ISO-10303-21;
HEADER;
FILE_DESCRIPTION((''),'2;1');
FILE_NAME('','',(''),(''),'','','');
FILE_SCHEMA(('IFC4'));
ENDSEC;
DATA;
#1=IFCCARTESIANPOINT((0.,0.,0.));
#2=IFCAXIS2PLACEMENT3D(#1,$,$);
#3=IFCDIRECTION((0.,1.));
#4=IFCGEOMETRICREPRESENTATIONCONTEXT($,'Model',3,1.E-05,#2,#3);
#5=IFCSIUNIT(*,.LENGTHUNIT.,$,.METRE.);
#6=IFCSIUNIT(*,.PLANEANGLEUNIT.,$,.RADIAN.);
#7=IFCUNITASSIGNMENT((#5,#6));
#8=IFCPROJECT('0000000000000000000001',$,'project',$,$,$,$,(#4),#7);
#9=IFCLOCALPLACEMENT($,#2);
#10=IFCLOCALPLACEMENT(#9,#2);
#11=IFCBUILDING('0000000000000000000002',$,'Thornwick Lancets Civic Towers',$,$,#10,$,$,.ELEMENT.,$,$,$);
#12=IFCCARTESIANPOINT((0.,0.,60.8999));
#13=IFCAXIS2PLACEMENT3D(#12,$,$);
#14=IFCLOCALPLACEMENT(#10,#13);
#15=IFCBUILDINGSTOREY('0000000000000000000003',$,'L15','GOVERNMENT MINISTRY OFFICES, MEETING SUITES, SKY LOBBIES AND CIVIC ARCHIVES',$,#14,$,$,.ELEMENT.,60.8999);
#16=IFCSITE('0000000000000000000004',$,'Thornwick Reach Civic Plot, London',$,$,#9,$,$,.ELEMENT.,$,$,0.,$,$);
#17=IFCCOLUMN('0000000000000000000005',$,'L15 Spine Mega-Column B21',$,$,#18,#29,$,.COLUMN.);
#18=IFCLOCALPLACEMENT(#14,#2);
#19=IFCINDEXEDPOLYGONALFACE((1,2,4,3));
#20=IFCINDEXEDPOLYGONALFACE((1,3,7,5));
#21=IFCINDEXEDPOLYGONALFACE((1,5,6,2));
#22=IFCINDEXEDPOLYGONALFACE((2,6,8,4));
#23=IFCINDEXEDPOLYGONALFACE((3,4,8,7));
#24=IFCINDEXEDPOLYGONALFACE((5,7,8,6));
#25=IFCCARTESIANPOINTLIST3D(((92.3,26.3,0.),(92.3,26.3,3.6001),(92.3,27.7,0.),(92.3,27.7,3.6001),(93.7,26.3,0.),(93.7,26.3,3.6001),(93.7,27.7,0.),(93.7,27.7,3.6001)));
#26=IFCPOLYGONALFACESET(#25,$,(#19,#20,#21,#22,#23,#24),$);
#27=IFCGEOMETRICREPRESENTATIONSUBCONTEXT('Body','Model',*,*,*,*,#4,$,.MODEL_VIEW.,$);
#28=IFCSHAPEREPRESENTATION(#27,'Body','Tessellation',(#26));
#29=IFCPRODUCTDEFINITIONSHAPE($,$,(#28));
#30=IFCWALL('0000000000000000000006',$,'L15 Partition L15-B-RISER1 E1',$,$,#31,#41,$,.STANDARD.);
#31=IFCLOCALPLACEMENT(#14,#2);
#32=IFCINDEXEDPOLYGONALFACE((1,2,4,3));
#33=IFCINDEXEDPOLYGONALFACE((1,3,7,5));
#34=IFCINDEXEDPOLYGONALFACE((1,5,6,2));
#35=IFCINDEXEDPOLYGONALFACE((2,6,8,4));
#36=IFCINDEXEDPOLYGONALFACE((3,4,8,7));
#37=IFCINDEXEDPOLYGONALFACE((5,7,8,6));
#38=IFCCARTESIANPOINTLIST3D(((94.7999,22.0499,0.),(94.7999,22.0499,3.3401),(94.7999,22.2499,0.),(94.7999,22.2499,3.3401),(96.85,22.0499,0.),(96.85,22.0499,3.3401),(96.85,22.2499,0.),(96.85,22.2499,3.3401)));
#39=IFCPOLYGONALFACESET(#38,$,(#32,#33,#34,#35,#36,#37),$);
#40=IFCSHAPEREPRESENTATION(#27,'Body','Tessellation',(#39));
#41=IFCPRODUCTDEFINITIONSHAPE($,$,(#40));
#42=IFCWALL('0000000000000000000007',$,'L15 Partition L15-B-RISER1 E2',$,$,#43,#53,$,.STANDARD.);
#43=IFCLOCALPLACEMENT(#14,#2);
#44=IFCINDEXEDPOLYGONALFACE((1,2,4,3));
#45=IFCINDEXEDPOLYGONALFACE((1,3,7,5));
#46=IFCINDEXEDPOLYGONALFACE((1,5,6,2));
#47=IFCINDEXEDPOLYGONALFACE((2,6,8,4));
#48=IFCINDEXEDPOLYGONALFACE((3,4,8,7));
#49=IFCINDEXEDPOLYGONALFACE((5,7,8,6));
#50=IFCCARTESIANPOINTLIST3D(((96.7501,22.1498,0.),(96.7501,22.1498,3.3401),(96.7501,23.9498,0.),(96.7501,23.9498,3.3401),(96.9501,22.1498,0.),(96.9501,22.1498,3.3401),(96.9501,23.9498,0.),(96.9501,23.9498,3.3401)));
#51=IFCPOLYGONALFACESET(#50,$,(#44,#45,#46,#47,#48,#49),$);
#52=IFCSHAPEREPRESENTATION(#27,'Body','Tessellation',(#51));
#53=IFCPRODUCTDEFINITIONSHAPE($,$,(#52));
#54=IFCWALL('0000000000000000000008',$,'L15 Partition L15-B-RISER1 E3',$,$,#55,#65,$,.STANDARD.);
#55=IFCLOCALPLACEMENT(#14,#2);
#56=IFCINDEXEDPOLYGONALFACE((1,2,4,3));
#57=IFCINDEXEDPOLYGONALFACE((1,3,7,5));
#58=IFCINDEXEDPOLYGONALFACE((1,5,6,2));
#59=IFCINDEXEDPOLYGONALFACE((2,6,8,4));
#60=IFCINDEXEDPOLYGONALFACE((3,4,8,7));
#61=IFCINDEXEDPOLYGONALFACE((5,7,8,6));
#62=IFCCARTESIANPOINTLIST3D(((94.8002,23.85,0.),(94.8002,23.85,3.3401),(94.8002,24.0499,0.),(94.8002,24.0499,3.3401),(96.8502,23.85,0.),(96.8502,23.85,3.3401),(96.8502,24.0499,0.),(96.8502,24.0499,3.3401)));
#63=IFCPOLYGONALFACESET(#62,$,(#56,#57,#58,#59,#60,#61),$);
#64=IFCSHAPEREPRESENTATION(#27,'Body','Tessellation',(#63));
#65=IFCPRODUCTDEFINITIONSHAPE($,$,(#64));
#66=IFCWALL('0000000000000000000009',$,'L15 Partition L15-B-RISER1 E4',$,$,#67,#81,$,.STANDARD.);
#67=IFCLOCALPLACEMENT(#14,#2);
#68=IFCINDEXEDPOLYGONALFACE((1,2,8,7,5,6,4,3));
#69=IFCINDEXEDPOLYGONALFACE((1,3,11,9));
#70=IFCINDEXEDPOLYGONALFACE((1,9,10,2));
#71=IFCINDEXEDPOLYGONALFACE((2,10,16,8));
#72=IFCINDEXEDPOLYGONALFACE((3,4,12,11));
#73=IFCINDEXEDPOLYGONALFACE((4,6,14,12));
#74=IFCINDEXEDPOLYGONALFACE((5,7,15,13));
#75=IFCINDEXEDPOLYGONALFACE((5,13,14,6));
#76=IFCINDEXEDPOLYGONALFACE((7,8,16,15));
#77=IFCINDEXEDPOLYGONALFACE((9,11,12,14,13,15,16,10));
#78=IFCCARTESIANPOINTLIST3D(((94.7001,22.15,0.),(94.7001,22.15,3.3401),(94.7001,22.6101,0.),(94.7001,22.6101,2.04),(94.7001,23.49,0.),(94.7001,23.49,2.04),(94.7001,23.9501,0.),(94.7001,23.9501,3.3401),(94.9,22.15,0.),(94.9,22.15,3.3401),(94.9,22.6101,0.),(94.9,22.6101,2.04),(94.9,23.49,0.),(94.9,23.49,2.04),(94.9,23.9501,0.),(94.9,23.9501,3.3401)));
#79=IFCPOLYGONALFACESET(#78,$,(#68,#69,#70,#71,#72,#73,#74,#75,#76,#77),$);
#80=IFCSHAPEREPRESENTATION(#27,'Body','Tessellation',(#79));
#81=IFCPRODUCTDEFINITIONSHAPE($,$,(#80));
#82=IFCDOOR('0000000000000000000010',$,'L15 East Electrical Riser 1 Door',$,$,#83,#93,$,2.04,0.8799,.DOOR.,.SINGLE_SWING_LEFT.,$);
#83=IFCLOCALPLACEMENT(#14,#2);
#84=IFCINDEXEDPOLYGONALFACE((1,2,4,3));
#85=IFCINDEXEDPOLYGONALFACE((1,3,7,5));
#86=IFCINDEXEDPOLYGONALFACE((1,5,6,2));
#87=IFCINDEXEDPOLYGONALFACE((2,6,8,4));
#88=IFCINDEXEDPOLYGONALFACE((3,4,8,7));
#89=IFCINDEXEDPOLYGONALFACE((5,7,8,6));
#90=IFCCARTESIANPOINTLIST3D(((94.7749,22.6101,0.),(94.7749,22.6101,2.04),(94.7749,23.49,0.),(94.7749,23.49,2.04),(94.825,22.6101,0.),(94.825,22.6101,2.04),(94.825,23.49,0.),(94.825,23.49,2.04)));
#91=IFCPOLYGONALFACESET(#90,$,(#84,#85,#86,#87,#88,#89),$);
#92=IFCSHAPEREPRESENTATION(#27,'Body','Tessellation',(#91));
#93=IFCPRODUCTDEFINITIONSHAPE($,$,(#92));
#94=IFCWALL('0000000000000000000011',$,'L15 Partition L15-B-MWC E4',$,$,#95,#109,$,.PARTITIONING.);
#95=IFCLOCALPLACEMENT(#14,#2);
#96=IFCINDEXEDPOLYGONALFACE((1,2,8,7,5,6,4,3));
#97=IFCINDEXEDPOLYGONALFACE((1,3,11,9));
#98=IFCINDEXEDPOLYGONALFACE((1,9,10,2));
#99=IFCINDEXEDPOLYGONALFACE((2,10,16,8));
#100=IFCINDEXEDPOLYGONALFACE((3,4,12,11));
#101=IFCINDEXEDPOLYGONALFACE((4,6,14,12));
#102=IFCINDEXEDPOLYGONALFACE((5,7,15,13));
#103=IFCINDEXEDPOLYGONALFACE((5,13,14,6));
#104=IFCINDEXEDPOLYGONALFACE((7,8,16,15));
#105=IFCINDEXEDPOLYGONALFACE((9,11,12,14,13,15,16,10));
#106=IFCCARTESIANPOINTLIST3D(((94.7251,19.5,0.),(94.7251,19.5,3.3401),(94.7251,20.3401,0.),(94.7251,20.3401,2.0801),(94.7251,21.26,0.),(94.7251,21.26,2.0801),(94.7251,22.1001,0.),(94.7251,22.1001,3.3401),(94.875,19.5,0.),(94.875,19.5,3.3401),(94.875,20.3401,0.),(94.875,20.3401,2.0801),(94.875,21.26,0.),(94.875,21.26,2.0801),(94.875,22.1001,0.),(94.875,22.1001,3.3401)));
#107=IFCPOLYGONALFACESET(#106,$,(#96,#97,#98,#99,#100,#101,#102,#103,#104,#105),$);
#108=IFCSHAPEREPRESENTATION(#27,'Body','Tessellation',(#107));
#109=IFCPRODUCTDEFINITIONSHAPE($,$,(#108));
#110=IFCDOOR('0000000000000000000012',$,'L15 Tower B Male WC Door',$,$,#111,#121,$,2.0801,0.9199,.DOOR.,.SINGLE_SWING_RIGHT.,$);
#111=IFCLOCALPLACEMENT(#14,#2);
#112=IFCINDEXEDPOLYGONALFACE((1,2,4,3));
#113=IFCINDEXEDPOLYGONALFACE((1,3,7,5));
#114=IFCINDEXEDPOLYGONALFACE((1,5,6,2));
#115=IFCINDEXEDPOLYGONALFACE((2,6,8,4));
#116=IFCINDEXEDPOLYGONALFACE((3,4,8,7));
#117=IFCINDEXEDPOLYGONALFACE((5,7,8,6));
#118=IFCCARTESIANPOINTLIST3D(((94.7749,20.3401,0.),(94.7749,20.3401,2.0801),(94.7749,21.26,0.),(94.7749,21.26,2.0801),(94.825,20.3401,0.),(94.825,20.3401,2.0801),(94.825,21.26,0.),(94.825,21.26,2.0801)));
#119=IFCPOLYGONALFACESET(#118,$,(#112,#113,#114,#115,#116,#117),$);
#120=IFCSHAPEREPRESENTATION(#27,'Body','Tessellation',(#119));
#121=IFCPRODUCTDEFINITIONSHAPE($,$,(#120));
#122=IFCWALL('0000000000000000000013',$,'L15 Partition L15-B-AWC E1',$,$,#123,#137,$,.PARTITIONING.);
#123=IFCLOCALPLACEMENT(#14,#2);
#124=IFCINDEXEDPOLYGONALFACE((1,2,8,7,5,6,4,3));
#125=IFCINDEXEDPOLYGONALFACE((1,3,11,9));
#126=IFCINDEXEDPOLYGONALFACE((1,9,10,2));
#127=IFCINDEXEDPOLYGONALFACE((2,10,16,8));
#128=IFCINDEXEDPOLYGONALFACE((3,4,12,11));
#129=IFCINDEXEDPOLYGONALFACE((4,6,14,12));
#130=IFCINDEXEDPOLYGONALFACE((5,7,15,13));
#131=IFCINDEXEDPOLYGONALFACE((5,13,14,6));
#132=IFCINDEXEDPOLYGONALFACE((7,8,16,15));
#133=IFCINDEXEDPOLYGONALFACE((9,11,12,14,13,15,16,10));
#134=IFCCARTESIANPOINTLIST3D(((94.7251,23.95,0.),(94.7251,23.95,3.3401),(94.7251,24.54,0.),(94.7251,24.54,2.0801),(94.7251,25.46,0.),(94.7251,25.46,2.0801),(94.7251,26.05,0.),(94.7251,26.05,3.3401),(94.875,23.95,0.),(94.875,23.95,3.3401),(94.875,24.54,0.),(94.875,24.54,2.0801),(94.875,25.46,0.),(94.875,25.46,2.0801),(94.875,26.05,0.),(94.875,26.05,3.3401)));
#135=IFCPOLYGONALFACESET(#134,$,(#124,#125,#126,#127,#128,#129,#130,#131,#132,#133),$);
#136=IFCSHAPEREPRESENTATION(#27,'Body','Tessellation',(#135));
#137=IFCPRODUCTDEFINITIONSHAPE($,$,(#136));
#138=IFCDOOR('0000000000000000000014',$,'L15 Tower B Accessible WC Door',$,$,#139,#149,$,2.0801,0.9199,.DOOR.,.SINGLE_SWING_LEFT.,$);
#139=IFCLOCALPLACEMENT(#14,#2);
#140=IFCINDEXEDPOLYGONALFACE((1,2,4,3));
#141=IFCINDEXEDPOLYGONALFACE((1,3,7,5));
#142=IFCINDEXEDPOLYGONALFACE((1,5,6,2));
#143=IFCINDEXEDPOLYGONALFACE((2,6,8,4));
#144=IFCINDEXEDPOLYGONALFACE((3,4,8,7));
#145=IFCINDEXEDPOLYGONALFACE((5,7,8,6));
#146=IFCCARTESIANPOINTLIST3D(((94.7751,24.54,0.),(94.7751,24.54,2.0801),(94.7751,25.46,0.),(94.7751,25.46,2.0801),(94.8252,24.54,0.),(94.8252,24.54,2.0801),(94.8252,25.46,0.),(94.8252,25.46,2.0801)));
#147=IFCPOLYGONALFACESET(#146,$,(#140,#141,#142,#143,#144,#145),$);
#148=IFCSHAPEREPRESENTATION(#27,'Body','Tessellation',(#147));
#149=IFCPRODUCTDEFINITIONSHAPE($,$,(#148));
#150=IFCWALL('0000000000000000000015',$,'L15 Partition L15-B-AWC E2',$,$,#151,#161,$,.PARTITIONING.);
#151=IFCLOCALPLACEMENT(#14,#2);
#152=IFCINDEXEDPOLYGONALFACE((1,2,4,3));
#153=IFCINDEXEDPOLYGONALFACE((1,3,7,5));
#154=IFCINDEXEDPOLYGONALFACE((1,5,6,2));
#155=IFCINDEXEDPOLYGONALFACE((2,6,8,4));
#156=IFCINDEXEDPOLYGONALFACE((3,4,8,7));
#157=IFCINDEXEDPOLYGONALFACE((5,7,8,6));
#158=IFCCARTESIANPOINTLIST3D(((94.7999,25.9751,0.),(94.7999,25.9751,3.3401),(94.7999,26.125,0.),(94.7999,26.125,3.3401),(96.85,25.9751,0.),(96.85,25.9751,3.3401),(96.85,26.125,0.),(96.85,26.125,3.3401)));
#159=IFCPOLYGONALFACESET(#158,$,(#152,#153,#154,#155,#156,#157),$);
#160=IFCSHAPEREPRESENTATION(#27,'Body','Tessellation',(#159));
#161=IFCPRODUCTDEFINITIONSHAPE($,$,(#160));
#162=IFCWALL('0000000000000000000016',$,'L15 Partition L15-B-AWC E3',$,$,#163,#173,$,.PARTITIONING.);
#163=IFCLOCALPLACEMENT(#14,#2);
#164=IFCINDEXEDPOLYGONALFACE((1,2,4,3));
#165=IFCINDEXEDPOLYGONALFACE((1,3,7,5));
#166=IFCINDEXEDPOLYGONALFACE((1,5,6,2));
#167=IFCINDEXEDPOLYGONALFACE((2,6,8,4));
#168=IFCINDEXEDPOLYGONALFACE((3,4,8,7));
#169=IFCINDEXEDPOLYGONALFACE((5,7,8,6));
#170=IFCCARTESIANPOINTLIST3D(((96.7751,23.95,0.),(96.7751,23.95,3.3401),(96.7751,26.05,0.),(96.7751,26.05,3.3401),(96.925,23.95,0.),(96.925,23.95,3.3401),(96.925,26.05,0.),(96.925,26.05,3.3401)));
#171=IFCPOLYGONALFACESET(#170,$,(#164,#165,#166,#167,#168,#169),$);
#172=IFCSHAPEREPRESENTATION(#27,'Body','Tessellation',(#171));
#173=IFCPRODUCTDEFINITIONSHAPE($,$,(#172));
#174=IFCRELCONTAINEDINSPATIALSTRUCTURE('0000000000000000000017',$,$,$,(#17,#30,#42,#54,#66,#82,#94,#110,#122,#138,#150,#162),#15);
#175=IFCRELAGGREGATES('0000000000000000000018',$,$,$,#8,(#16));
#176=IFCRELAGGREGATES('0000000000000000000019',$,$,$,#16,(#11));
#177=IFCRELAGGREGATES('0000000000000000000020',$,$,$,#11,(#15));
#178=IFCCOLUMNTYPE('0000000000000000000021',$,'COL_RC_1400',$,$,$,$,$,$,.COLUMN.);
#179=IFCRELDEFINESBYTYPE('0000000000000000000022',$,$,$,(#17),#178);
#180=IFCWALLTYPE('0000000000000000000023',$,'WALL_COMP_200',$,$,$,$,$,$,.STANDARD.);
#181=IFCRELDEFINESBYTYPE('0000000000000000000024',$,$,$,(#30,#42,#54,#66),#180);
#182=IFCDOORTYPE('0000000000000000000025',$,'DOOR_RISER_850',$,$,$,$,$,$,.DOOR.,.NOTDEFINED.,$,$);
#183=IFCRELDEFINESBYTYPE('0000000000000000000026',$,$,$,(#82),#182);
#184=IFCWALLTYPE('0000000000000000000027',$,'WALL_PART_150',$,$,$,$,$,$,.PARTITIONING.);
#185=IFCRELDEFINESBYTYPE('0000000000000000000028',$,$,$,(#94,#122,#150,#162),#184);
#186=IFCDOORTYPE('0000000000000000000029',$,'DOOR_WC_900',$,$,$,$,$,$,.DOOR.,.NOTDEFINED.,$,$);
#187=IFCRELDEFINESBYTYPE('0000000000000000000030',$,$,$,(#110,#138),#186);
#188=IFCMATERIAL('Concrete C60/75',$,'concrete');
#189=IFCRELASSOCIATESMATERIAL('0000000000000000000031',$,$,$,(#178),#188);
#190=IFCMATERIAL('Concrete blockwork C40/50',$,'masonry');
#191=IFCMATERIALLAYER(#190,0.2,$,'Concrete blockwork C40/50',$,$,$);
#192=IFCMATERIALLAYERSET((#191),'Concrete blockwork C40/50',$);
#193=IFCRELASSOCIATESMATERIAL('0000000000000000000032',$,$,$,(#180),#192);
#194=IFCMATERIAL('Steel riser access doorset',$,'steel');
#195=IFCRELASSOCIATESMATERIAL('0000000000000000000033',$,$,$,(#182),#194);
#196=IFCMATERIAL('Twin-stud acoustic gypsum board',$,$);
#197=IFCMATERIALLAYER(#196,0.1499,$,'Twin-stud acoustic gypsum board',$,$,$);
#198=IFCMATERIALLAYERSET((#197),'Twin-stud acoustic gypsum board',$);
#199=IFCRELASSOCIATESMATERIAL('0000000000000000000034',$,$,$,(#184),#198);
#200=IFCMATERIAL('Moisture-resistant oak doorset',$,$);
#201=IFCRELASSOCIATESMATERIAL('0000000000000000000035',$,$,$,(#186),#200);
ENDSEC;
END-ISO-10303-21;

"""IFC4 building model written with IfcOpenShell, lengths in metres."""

from ifc_helpers import new_model, si_unit, direction, frame, frame_2d, origin, origin_2d, place, context, subcontext, project, spatial, rectangle, extrude, material, layer, layer_set, material_profile, profile_set, type_object, element, fill, save


model = new_model("IFC4")

# Units and contexts
model_context = context("Model", 3, precision=1e-05, world=origin(), true_north=direction((0.0, 1.0)))
body_context = subcontext(model_context, "Body", "Model", "MODEL_VIEW")
ifc_project = project(units=[si_unit("LENGTHUNIT", "METRE"), si_unit("PLANEANGLEUNIT", "RADIAN")], contexts=[model_context])

# Site, building, storey
site_placement = place(None, origin())
site = spatial("IfcSite", under=ifc_project, at=site_placement, Name="Thornwick Reach Civic Plot, London", CompositionType="ELEMENT", RefElevation=0.0)
building_placement = place(site_placement, origin())
building = spatial("IfcBuilding", under=site, at=building_placement, Name="Thornwick Lancets Civic Towers", CompositionType="ELEMENT")
storey_placement = place(building_placement, frame((0.0, 0.0, 60.8999)))
storey = spatial("IfcBuildingStorey", under=building, at=storey_placement, Name="L15", Description="GOVERNMENT MINISTRY OFFICES, MEETING SUITES, SKY LOBBIES AND CIVIC ARCHIVES", CompositionType="ELEMENT", Elevation=60.8999)

# Column
ifc_material_1 = material(Name="Concrete C60/75", Category="concrete")
ifc_material_profile = material_profile(ifc_material_1, rectangle(XDim=1.3999, YDim=1.3999, at=origin_2d()), Name="RC 1400x1400")
ifc_profile_set = profile_set([ifc_material_profile], Name="Concrete C60/75")
column_type = type_object("IfcColumnType", Name="COL_RC_1400", PredefinedType="COLUMN", material=ifc_profile_set)
column_placement = place(storey_placement, frame((93.0, 27.0, 0.0), z_axis=(0.0, 0.0, 1.0), x_axis=(1.0, 0.0, 0.0)))
element("IfcColumn", 1, at=column_placement, inside=storey, type_object=column_type, Name="L15 Spine Mega-Column B21", PredefinedType="COLUMN", context=body_context, shape_type="SweptSolid", body=[
    extrude(rectangle(XDim=1.3999, YDim=1.3999, at=origin_2d()), origin(), (0.0, 0.0, 1.0), 3.6001),
])

# Walls
ifc_material_2 = material(Name="Concrete blockwork C40/50", Category="masonry")
ifc_layer_1 = layer(ifc_material_2, 0.2, Name="Concrete blockwork C40/50")
ifc_layer_set_1 = layer_set([ifc_layer_1], Name="Concrete blockwork C40/50")
wall_type_1 = type_object("IfcWallType", Name="WALL_COMP_200", PredefinedType="STANDARD", material=ifc_layer_set_1)
wall_1_placement = place(storey_placement, frame((94.8, 22.1499, 0.0), z_axis=(0.0, 0.0, 1.0), x_axis=(1.0, 0.0, 0.0)))
element("IfcWall", 2, at=wall_1_placement, inside=storey, type_object=wall_type_1, Name="L15 Partition L15-B-RISER1 E1", PredefinedType="STANDARD", context=body_context, shape_type="SweptSolid", body=[
    extrude(rectangle(XDim=2.05, YDim=0.2, at=frame_2d((1.0249, 0.0))), origin(), (0.0, 0.0, 1.0), 3.3401),
])
wall_2_placement = place(storey_placement, frame((96.8501, 22.1499, 0.0), z_axis=(0.0, 0.0, 1.0), x_axis=(0.0, 1.0, 0.0)))
element("IfcWall", 3, at=wall_2_placement, inside=storey, type_object=wall_type_1, Name="L15 Partition L15-B-RISER1 E2", PredefinedType="STANDARD", context=body_context, shape_type="SweptSolid", body=[
    extrude(rectangle(XDim=1.8, YDim=0.2, at=frame_2d((0.8999, 0.0))), origin(), (0.0, 0.0, 1.0), 3.3401),
])
wall_3_placement = place(storey_placement, frame((96.8501, 23.95, 0.0), z_axis=(0.0, 0.0, 1.0), x_axis=(-1.0, 0.0, 0.0)))
element("IfcWall", 4, at=wall_3_placement, inside=storey, type_object=wall_type_1, Name="L15 Partition L15-B-RISER1 E3", PredefinedType="STANDARD", context=body_context, shape_type="SweptSolid", body=[
    extrude(rectangle(XDim=2.05, YDim=0.2, at=frame_2d((1.0249, 0.0))), origin(), (0.0, 0.0, 1.0), 3.3401),
])

# Walls, openings, doors
wall_4_placement = place(storey_placement, frame((94.8, 23.95, 0.0), z_axis=(0.0, 0.0, 1.0), x_axis=(0.0, -1.0, 0.0)))
wall_4 = element("IfcWall", 5, at=wall_4_placement, inside=storey, type_object=wall_type_1, Name="L15 Partition L15-B-RISER1 E4", PredefinedType="STANDARD", context=body_context, shape_type="SweptSolid", body=[
    extrude(rectangle(XDim=1.8, YDim=0.2, at=frame_2d((0.8999, 0.0))), origin(), (0.0, 0.0, 1.0), 3.3401),
])
opening_1_placement = place(wall_4_placement, frame((0.46, 0.0, 0.0)))
opening_1 = element("IfcOpeningElement", 6, at=opening_1_placement, cuts=wall_4, PredefinedType="OPENING", context=body_context, shape_type="SweptSolid", body=[
    extrude(rectangle(XDim=0.8799, YDim=2.04, at=frame_2d((0.4399, 1.02))), frame((0.0, 0.1099, 0.0), z_axis=(0.0, -1.0, 0.0), x_axis=(1.0, 0.0, 0.0)), (0.0, 0.0, 1.0), 0.22),
])
ifc_material_3 = material(Name="Steel riser access doorset", Category="steel")
door_type_1 = type_object("IfcDoorType", Name="DOOR_RISER_850", OperationType="NOTDEFINED", PredefinedType="DOOR", material=ifc_material_3)
door_1_placement = place(opening_1_placement, origin())
door_1 = element("IfcDoor", 7, at=door_1_placement, inside=storey, type_object=door_type_1, Name="L15 East Electrical Riser 1 Door", OperationType="SINGLE_SWING_LEFT", OverallHeight=2.04, OverallWidth=0.8799, PredefinedType="DOOR", context=body_context, shape_type="SweptSolid", body=[
    extrude(rectangle(XDim=0.8799, YDim=2.04, at=frame_2d((0.4399, 1.02))), frame((0.0, 0.0249, 0.0), z_axis=(0.0, -1.0, 0.0), x_axis=(1.0, 0.0, 0.0)), (0.0, 0.0, 1.0), 0.05),
])
fill(opening_1, door_1)
ifc_material_4 = material(Name="Twin-stud acoustic gypsum board")
ifc_layer_2 = layer(ifc_material_4, 0.1499, Name="Twin-stud acoustic gypsum board")
ifc_layer_set_2 = layer_set([ifc_layer_2], Name="Twin-stud acoustic gypsum board")
wall_type_2 = type_object("IfcWallType", Name="WALL_PART_150", PredefinedType="PARTITIONING", material=ifc_layer_set_2)
wall_5_placement = place(storey_placement, frame((94.8, 22.1001, 0.0), z_axis=(0.0, 0.0, 1.0), x_axis=(0.0, -1.0, 0.0)))
wall_5 = element("IfcWall", 8, at=wall_5_placement, inside=storey, type_object=wall_type_2, Name="L15 Partition L15-B-MWC E4", PredefinedType="PARTITIONING", context=body_context, shape_type="SweptSolid", body=[
    extrude(rectangle(XDim=2.6001, YDim=0.1499, at=frame_2d((1.3, 0.0))), origin(), (0.0, 0.0, 1.0), 3.3401),
])
opening_2_placement = place(wall_5_placement, frame((0.8401, 0.0, 0.0)))
opening_2 = element("IfcOpeningElement", 9, at=opening_2_placement, cuts=wall_5, PredefinedType="OPENING", context=body_context, shape_type="SweptSolid", body=[
    extrude(rectangle(XDim=0.9199, YDim=2.0801, at=frame_2d((0.46, 1.04))), frame((0.0, 0.085, 0.0), z_axis=(0.0, -1.0, 0.0), x_axis=(1.0, 0.0, 0.0)), (0.0, 0.0, 1.0), 0.1699),
])
ifc_material_5 = material(Name="Moisture-resistant oak doorset")
door_type_2 = type_object("IfcDoorType", Name="DOOR_WC_900", OperationType="NOTDEFINED", PredefinedType="DOOR", material=ifc_material_5)
door_2_placement = place(opening_2_placement, origin())
door_2 = element("IfcDoor", 10, at=door_2_placement, inside=storey, type_object=door_type_2, Name="L15 Tower B Male WC Door", OperationType="SINGLE_SWING_RIGHT", OverallHeight=2.0801, OverallWidth=0.9199, PredefinedType="DOOR", context=body_context, shape_type="SweptSolid", body=[
    extrude(rectangle(XDim=0.9199, YDim=2.0801, at=frame_2d((0.46, 1.04))), frame((0.0, 0.0249, 0.0), z_axis=(0.0, -1.0, 0.0), x_axis=(1.0, 0.0, 0.0)), (0.0, 0.0, 1.0), 0.05),
])
fill(opening_2, door_2)
wall_6_placement = place(storey_placement, frame((94.8, 23.95, 0.0), z_axis=(0.0, 0.0, 1.0), x_axis=(0.0, 1.0, 0.0)))
wall_6 = element("IfcWall", 11, at=wall_6_placement, inside=storey, type_object=wall_type_2, Name="L15 Partition L15-B-AWC E1", PredefinedType="PARTITIONING", context=body_context, shape_type="SweptSolid", body=[
    extrude(rectangle(XDim=2.1001, YDim=0.1499, at=frame_2d((1.05, 0.0))), origin(), (0.0, 0.0, 1.0), 3.3401),
])
opening_3_placement = place(wall_6_placement, frame((0.5901, 0.0, 0.0)))
opening_3 = element("IfcOpeningElement", 12, at=opening_3_placement, cuts=wall_6, PredefinedType="OPENING", context=body_context, shape_type="SweptSolid", body=[
    extrude(rectangle(XDim=0.9199, YDim=2.0801, at=frame_2d((0.46, 1.04))), frame((0.0, 0.085, 0.0), z_axis=(0.0, -1.0, 0.0), x_axis=(1.0, 0.0, 0.0)), (0.0, 0.0, 1.0), 0.1699),
])
door_3_placement = place(opening_3_placement, origin())
door_3 = element("IfcDoor", 13, at=door_3_placement, inside=storey, type_object=door_type_2, Name="L15 Tower B Accessible WC Door", OperationType="SINGLE_SWING_LEFT", OverallHeight=2.0801, OverallWidth=0.9199, PredefinedType="DOOR", context=body_context, shape_type="SweptSolid", body=[
    extrude(rectangle(XDim=0.9199, YDim=2.0801, at=frame_2d((0.46, 1.04))), frame((0.0, 0.0249, 0.0), z_axis=(0.0, -1.0, 0.0), x_axis=(1.0, 0.0, 0.0)), (0.0, 0.0, 1.0), 0.05),
])
fill(opening_3, door_3)

# Walls
wall_7_placement = place(storey_placement, frame((94.8, 26.05, 0.0), z_axis=(0.0, 0.0, 1.0), x_axis=(1.0, 0.0, 0.0)))
element("IfcWall", 14, at=wall_7_placement, inside=storey, type_object=wall_type_2, Name="L15 Partition L15-B-AWC E2", PredefinedType="PARTITIONING", context=body_context, shape_type="SweptSolid", body=[
    extrude(rectangle(XDim=2.05, YDim=0.1499, at=frame_2d((1.0249, 0.0))), origin(), (0.0, 0.0, 1.0), 3.3401),
])
wall_8_placement = place(storey_placement, frame((96.8501, 26.05, 0.0), z_axis=(0.0, 0.0, 1.0), x_axis=(0.0, -1.0, 0.0)))
element("IfcWall", 15, at=wall_8_placement, inside=storey, type_object=wall_type_2, Name="L15 Partition L15-B-AWC E3", PredefinedType="PARTITIONING", context=body_context, shape_type="SweptSolid", body=[
    extrude(rectangle(XDim=2.1001, YDim=0.1499, at=frame_2d((1.05, 0.0))), origin(), (0.0, 0.0, 1.0), 3.3401),
])

save(model, "model.ifc")
